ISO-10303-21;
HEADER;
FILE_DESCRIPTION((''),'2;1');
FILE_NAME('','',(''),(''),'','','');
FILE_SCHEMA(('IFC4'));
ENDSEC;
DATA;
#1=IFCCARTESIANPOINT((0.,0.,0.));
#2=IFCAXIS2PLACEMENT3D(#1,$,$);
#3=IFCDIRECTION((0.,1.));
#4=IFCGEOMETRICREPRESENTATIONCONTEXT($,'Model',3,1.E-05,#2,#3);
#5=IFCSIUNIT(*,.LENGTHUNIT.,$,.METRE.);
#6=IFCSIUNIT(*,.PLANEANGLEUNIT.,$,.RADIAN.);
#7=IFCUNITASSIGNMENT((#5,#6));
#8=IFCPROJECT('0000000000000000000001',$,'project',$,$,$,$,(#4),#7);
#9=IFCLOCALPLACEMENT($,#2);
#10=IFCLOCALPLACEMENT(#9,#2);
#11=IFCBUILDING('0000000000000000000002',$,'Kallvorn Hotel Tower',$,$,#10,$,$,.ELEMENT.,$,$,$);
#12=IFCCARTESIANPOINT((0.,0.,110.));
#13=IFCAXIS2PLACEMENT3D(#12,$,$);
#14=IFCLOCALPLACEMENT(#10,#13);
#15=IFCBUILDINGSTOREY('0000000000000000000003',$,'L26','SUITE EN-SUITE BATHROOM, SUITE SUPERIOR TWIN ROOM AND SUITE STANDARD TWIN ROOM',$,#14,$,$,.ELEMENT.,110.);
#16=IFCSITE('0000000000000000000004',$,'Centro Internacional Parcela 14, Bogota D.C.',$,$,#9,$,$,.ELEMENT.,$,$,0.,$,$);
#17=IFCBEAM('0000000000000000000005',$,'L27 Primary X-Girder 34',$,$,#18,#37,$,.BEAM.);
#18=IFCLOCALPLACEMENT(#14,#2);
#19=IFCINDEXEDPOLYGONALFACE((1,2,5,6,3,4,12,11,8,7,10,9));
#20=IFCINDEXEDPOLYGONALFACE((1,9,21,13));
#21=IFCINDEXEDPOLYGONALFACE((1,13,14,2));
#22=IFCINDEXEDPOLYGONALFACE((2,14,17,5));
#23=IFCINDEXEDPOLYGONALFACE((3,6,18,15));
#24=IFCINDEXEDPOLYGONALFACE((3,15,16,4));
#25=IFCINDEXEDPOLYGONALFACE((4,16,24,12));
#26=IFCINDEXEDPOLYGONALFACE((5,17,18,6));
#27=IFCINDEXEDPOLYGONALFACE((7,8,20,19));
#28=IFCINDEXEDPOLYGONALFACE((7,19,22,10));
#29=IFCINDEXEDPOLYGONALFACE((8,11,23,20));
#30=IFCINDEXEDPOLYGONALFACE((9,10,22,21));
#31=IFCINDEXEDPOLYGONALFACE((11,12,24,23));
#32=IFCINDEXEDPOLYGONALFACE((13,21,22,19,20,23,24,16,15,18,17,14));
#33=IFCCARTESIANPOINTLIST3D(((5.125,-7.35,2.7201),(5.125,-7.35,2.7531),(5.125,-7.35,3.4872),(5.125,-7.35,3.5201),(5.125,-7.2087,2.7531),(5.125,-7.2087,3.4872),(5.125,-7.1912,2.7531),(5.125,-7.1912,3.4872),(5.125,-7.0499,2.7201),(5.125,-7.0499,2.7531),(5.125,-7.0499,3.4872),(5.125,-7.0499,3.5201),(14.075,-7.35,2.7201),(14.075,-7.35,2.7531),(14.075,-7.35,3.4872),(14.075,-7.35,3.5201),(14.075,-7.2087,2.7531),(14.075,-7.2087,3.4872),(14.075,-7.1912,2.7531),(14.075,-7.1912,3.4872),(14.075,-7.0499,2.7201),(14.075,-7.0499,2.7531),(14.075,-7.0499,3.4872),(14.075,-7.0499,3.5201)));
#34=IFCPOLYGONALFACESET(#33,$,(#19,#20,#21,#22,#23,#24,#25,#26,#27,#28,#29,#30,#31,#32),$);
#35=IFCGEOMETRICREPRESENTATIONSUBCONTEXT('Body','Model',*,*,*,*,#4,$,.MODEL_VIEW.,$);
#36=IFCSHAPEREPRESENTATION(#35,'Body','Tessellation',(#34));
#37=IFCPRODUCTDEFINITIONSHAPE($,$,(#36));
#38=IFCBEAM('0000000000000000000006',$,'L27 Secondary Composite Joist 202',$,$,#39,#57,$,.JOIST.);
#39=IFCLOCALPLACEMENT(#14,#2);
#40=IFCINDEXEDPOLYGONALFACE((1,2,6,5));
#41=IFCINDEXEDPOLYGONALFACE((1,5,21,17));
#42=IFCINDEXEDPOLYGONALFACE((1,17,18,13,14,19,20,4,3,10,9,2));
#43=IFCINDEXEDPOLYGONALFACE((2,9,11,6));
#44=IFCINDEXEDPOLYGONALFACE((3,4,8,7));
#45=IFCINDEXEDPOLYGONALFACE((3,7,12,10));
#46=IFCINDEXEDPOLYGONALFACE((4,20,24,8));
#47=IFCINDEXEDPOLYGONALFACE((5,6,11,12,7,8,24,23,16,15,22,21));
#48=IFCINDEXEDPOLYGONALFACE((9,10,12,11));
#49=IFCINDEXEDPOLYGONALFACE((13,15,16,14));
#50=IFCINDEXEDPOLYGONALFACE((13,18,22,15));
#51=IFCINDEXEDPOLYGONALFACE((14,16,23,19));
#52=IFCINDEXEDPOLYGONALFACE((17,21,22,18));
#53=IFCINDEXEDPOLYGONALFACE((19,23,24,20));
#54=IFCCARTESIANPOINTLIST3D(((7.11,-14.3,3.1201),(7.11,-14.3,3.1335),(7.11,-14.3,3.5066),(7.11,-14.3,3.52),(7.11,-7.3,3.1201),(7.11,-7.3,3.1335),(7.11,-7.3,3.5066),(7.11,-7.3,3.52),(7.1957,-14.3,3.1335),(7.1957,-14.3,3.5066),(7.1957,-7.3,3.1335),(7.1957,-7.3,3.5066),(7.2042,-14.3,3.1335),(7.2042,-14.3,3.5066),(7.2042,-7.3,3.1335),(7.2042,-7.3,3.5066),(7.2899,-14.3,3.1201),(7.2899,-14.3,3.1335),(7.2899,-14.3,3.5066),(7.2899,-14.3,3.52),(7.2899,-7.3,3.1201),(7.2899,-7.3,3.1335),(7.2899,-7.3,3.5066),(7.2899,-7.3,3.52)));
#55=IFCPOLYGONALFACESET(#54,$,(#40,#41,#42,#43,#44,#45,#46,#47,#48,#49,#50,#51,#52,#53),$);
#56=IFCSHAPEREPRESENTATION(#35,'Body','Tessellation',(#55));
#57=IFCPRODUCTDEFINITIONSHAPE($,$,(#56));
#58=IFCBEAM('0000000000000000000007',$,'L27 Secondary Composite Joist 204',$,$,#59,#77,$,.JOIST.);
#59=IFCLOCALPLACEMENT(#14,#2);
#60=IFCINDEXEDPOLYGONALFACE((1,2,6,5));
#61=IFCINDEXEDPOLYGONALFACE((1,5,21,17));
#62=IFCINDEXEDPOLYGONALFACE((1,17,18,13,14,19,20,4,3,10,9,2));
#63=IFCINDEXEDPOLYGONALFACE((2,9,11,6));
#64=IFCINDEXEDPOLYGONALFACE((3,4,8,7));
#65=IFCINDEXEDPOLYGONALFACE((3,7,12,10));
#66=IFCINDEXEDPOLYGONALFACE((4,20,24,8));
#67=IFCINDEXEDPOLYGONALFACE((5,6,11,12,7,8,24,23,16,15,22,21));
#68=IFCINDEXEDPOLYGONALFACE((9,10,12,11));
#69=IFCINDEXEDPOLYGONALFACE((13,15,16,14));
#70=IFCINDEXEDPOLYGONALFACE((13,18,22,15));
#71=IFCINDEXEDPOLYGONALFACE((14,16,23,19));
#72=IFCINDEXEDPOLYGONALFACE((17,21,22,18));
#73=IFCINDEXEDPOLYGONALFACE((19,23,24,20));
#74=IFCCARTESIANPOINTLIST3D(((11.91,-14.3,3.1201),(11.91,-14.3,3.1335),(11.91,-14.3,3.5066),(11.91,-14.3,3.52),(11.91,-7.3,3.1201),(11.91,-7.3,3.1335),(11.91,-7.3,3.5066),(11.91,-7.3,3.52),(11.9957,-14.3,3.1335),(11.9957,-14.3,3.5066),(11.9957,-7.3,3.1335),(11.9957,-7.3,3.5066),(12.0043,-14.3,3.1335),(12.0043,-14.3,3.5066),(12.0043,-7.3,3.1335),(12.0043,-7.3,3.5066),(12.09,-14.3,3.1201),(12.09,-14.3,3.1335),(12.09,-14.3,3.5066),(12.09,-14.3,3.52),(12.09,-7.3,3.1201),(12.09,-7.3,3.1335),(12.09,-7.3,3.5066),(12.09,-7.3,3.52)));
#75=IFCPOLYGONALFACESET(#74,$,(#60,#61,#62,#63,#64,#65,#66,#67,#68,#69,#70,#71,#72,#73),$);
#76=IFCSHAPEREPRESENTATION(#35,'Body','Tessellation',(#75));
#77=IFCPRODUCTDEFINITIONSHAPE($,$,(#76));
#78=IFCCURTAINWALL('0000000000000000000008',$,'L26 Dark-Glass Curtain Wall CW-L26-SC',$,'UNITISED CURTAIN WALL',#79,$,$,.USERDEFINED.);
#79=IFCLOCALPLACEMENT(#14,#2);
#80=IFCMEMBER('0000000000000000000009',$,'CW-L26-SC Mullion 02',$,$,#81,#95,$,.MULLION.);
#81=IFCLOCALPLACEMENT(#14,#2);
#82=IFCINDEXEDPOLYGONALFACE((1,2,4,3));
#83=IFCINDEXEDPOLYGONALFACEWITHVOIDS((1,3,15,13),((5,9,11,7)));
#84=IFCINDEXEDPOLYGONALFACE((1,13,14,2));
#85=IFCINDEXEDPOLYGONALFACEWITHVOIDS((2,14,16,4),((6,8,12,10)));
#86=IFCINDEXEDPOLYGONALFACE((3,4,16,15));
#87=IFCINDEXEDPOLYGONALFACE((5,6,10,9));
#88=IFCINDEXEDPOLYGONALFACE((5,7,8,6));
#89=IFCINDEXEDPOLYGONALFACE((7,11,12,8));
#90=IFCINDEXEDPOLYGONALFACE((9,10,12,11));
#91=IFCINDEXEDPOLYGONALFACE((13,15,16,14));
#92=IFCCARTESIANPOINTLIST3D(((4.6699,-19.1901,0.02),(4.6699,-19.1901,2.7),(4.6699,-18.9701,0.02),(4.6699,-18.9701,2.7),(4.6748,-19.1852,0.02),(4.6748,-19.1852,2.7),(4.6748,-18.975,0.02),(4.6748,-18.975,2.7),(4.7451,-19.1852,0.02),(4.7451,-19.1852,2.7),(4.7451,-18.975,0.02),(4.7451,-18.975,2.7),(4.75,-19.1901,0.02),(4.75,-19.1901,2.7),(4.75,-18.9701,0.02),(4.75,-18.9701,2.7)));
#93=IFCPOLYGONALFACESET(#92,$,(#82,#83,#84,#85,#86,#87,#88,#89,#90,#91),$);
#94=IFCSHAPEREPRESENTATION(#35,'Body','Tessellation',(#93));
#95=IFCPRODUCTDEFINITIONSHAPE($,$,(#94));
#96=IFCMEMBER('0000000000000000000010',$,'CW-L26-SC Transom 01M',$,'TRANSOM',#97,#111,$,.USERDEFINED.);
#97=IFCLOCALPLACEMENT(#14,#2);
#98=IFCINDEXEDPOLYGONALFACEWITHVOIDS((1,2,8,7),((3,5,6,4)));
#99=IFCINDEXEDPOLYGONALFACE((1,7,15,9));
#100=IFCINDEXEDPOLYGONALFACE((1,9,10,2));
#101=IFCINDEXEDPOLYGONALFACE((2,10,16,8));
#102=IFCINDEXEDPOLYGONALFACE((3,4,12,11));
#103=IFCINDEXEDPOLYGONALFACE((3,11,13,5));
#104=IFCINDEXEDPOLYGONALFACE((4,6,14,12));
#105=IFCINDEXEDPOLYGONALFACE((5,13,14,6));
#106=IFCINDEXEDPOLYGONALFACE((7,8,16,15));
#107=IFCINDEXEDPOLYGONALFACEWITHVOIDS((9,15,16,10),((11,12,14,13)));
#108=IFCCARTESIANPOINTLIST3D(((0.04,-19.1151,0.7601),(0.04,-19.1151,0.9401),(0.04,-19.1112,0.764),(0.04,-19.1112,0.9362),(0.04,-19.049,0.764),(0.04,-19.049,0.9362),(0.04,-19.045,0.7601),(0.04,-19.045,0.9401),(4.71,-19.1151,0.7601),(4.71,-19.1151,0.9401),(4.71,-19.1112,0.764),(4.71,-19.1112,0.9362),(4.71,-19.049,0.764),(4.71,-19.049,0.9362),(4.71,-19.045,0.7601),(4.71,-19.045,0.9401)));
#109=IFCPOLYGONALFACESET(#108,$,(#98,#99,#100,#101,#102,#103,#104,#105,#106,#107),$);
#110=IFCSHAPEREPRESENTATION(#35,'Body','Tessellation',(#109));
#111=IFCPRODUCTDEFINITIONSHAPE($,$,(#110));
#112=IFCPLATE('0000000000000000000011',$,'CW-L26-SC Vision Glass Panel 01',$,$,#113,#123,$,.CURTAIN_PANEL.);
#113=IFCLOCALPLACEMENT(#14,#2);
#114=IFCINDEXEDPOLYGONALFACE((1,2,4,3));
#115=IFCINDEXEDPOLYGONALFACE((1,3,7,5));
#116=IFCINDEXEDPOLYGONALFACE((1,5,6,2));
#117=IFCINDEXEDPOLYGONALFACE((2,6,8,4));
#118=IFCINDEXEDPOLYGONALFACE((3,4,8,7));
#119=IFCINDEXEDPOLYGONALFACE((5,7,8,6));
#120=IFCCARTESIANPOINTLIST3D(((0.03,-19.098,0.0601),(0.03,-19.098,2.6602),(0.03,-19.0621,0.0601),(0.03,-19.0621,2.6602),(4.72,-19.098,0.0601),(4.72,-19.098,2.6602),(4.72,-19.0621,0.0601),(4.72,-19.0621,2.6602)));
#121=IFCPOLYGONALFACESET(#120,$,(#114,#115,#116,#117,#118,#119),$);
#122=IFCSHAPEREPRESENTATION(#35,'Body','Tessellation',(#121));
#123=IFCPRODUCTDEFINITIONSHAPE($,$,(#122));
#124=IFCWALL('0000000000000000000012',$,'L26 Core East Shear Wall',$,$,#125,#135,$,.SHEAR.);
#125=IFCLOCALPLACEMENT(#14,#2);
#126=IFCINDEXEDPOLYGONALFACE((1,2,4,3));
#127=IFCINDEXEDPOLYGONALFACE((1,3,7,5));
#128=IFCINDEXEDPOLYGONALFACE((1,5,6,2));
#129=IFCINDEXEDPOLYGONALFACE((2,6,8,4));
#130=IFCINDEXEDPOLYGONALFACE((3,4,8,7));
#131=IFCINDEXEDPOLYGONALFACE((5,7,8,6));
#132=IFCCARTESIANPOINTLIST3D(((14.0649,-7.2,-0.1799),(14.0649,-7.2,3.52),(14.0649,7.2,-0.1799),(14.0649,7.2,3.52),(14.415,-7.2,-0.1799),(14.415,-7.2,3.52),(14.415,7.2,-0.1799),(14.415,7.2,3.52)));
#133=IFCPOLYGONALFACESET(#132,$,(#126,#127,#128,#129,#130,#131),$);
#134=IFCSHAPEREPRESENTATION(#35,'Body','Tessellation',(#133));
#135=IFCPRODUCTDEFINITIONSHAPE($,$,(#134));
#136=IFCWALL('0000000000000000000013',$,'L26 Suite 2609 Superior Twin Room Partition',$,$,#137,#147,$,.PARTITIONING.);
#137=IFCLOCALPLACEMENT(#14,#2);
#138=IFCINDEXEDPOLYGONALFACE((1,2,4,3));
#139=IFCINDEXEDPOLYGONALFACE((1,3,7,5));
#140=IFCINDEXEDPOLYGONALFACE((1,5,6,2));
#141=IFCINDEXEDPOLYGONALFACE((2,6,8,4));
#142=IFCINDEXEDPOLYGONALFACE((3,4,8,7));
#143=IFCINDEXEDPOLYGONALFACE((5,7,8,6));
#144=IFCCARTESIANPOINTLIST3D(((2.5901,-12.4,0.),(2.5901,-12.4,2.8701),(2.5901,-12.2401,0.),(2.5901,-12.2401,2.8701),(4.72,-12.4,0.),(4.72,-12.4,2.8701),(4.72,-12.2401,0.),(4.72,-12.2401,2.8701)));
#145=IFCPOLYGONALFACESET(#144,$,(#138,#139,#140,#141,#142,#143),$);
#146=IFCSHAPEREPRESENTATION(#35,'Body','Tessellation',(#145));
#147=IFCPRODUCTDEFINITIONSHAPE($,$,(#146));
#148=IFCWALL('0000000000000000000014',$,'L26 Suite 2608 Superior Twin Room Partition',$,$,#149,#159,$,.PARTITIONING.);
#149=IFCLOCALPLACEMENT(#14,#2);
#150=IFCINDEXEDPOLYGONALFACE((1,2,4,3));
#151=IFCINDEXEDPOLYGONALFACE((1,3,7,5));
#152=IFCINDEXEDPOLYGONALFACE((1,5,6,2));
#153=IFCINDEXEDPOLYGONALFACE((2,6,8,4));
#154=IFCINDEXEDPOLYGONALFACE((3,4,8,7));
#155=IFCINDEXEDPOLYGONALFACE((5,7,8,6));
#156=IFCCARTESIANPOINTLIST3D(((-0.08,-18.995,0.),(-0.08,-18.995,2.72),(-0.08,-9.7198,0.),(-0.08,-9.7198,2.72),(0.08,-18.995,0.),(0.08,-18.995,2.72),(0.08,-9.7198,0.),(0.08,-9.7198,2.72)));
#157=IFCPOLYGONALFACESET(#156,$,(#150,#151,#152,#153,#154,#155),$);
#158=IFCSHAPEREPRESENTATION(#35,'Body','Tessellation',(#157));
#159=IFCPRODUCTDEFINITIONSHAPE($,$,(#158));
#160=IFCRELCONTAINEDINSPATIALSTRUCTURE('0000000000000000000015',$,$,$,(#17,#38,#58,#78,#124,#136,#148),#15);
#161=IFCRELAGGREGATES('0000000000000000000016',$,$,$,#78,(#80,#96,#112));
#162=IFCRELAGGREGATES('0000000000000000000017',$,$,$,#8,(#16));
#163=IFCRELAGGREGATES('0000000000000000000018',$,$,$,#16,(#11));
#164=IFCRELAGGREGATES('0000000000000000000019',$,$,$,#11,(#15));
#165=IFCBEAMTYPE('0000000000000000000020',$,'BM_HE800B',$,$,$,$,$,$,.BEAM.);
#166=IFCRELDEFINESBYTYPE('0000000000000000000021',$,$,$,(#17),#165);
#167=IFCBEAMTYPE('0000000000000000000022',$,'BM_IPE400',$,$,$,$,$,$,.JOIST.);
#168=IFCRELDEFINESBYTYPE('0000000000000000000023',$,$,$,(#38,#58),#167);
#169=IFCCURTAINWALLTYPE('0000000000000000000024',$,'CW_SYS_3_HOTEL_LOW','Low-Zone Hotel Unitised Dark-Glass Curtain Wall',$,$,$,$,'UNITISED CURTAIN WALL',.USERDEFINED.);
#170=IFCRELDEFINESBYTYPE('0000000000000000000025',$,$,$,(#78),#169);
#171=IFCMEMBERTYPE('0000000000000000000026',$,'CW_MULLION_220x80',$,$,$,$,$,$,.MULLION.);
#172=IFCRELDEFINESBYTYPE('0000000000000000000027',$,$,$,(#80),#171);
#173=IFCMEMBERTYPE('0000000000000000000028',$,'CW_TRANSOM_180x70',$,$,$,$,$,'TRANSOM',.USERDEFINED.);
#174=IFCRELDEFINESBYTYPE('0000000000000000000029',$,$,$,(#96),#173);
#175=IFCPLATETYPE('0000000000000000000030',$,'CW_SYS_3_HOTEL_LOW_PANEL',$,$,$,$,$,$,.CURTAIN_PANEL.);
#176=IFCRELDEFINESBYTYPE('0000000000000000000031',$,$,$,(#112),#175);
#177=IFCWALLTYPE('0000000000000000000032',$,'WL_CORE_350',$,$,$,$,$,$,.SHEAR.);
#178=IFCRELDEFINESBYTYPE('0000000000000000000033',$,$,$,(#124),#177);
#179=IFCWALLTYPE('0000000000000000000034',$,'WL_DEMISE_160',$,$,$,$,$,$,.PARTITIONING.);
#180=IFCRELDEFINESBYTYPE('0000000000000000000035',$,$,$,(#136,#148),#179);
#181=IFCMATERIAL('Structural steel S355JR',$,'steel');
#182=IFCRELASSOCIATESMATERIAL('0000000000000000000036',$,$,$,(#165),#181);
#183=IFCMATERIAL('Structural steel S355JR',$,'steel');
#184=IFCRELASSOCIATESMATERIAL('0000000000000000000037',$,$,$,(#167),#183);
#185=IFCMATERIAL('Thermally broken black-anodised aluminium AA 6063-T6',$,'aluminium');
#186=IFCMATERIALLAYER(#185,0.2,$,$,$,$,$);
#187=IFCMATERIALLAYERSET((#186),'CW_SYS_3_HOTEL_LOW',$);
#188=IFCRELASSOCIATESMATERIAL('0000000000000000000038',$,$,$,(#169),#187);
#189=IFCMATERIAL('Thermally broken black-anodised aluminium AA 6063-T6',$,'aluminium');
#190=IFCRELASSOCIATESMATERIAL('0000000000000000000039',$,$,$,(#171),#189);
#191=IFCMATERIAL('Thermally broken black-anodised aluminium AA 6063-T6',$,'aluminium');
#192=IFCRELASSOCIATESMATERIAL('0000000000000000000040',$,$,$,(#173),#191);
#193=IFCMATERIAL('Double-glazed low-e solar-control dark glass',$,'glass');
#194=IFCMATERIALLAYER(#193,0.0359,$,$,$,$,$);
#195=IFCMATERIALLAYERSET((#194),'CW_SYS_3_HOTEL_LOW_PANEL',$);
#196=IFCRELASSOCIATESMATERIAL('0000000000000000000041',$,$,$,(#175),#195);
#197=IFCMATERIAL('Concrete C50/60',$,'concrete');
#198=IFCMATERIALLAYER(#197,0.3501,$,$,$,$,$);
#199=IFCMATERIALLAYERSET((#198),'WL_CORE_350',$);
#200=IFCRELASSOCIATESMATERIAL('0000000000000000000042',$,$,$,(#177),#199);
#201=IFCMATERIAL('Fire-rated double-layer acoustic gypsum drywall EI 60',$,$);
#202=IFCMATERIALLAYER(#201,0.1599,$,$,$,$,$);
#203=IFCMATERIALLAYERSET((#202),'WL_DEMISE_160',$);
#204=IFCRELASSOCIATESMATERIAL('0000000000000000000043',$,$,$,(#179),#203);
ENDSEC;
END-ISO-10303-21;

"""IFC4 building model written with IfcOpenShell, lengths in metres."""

from ifc_helpers import new_model, si_unit, direction, frame, frame_2d, origin, origin_2d, place, context, subcontext, project, spatial, rectangle, hollow_rectangle, i_section, extrude, material, layer, layer_set, material_profile, profile_set, type_object, element, aggregate, save


model = new_model("IFC4")

# Units and contexts
model_context = context("Model", 3, precision=1e-05, world=origin(), true_north=direction((0.0, 1.0)))
body_context = subcontext(model_context, "Body", "Model", "MODEL_VIEW")
ifc_project = project(units=[si_unit("LENGTHUNIT", "METRE"), si_unit("PLANEANGLEUNIT", "RADIAN")], contexts=[model_context])

# Site, building, storey
site_placement = place(None, origin())
site = spatial("IfcSite", under=ifc_project, at=site_placement, Name="Centro Internacional Parcela 14, Bogota D.C.", CompositionType="ELEMENT", RefElevation=0.0)
building_placement = place(site_placement, origin())
building = spatial("IfcBuilding", under=site, at=building_placement, Name="Kallvorn Hotel Tower", CompositionType="ELEMENT")
storey_placement = place(building_placement, frame((0.0, 0.0, 110.0)))
storey = spatial("IfcBuildingStorey", under=building, at=storey_placement, Name="L26", Description="SUITE EN-SUITE BATHROOM, SUITE SUPERIOR TWIN ROOM AND SUITE STANDARD TWIN ROOM", CompositionType="ELEMENT", Elevation=110.0)

# Beams
ifc_material_1 = material(Name="Structural steel S355JR", Category="steel")
ifc_material_profile_1 = material_profile(ifc_material_1, i_section(OverallWidth=0.3, OverallDepth=0.8, WebThickness=0.0176, FlangeThickness=0.033, at=origin_2d()), Name="HE 800 B")
ifc_profile_set_1 = profile_set([ifc_material_profile_1], Name="Structural steel S355JR")
beam_type_1 = type_object("IfcBeamType", Name="BM_HE800B", PredefinedType="BEAM", material=ifc_profile_set_1)
beam_1_placement = place(storey_placement, frame((5.125, -7.2, 3.1201), z_axis=(1.0, 0.0, 0.0), x_axis=(0.0, 1.0, 0.0)))
element("IfcBeam", 1, at=beam_1_placement, inside=storey, type_object=beam_type_1, Name="L27 Primary X-Girder 34", PredefinedType="BEAM", context=body_context, shape_type="SweptSolid", body=[
    extrude(i_section(OverallWidth=0.3, OverallDepth=0.8, WebThickness=0.0176, FlangeThickness=0.033, at=origin_2d()), origin(), (0.0, 0.0, 1.0), 8.95),
])
ifc_material_2 = material(Name="Structural steel S355JR", Category="steel")
ifc_material_profile_2 = material_profile(ifc_material_2, i_section(OverallWidth=0.1799, OverallDepth=0.3999, WebThickness=0.0085, FlangeThickness=0.0134, at=origin_2d()), Name="IPE 400")
ifc_profile_set_2 = profile_set([ifc_material_profile_2], Name="Structural steel S355JR")
beam_type_2 = type_object("IfcBeamType", Name="BM_IPE400", PredefinedType="JOIST", material=ifc_profile_set_2)
for number, where, z_axis, x_axis, name in (
    (2, (7.2, -14.3, 3.3201), (0.0, 1.0, 0.0), (-1.0, 0.0, 0.0), "L27 Secondary Composite Joist 202"),
    (3, (12.0, -14.3, 3.3201), (0.0, 1.0, 0.0), (-1.0, 0.0, 0.0), "L27 Secondary Composite Joist 204"),
):
    element("IfcBeam", number, at=place(storey_placement, frame(where, z_axis=z_axis, x_axis=x_axis)), inside=storey, type_object=beam_type_2, Name=name, PredefinedType="JOIST", context=body_context, shape_type="SweptSolid", body=[
        extrude(i_section(OverallWidth=0.1799, OverallDepth=0.3999, WebThickness=0.0085, FlangeThickness=0.0134, at=origin_2d()), origin(), (0.0, 0.0, 1.0), 7.0),
    ])

# Curtain wall, members, plate
ifc_material_3 = material(Name="Thermally broken black-anodised aluminium AA 6063-T6", Category="aluminium")
ifc_layer_1 = layer(ifc_material_3, 0.2)
ifc_layer_set_1 = layer_set([ifc_layer_1], Name="CW_SYS_3_HOTEL_LOW")
curtain_wall_type = type_object("IfcCurtainWallType", Name="CW_SYS_3_HOTEL_LOW", Description="Low-Zone Hotel Unitised Dark-Glass Curtain Wall", ElementType="UNITISED CURTAIN WALL", PredefinedType="USERDEFINED", material=ifc_layer_set_1)
curtain_wall_placement = place(storey_placement, origin())
curtain_wall = element("IfcCurtainWall", 4, at=curtain_wall_placement, inside=storey, type_object=curtain_wall_type, Name="L26 Dark-Glass Curtain Wall CW-L26-SC", ObjectType="UNITISED CURTAIN WALL", PredefinedType="USERDEFINED")
ifc_material_4 = material(Name="Thermally broken black-anodised aluminium AA 6063-T6", Category="aluminium")
ifc_material_profile_3 = material_profile(ifc_material_4, hollow_rectangle(XDim=0.0801, YDim=0.22, WallThickness=0.0049, at=origin_2d()), Name="MUL 220x80")
ifc_profile_set_3 = profile_set([ifc_material_profile_3], Name="Thermally broken black-anodised aluminium AA 6063-T6")
member_type_1 = type_object("IfcMemberType", Name="CW_MULLION_220x80", PredefinedType="MULLION", material=ifc_profile_set_3)
member_1_placement = place(storey_placement, frame((4.71, -19.0801, 0.02), z_axis=(0.0, 0.0, 1.0), x_axis=(1.0, 0.0, 0.0)))
member_1 = element("IfcMember", 5, at=member_1_placement, type_object=member_type_1, Name="CW-L26-SC Mullion 02", PredefinedType="MULLION", context=body_context, shape_type="SweptSolid", body=[
    extrude(hollow_rectangle(XDim=0.0801, YDim=0.22, WallThickness=0.0049, at=origin_2d()), origin(), (0.0, 0.0, 1.0), 2.6799),
])
ifc_material_5 = material(Name="Thermally broken black-anodised aluminium AA 6063-T6", Category="aluminium")
ifc_material_profile_4 = material_profile(ifc_material_5, hollow_rectangle(XDim=0.0701, YDim=0.1799, WallThickness=0.0039, at=origin_2d()), Name="TRN 180x70")
ifc_profile_set_4 = profile_set([ifc_material_profile_4], Name="Thermally broken black-anodised aluminium AA 6063-T6")
member_type_2 = type_object("IfcMemberType", Name="CW_TRANSOM_180x70", ElementType="TRANSOM", PredefinedType="USERDEFINED", material=ifc_profile_set_4)
member_2_placement = place(storey_placement, frame((0.04, -19.0801, 0.8501), z_axis=(1.0, 0.0, 0.0), x_axis=(0.0, 1.0, 0.0)))
member_2 = element("IfcMember", 6, at=member_2_placement, type_object=member_type_2, Name="CW-L26-SC Transom 01M", ObjectType="TRANSOM", PredefinedType="USERDEFINED", context=body_context, shape_type="SweptSolid", body=[
    extrude(hollow_rectangle(XDim=0.0701, YDim=0.1799, WallThickness=0.0039, at=origin_2d()), origin(), (0.0, 0.0, 1.0), 4.6699),
])
ifc_material_6 = material(Name="Double-glazed low-e solar-control dark glass", Category="glass")
ifc_layer_2 = layer(ifc_material_6, 0.0359)
ifc_layer_set_2 = layer_set([ifc_layer_2], Name="CW_SYS_3_HOTEL_LOW_PANEL")
plate_type = type_object("IfcPlateType", Name="CW_SYS_3_HOTEL_LOW_PANEL", PredefinedType="CURTAIN_PANEL", material=ifc_layer_set_2)
plate_placement = place(storey_placement, frame((2.375, -19.0801, 0.0601), z_axis=(0.0, 0.0, 1.0), x_axis=(1.0, 0.0, 0.0)))
plate = element("IfcPlate", 7, at=plate_placement, type_object=plate_type, Name="CW-L26-SC Vision Glass Panel 01", PredefinedType="CURTAIN_PANEL", context=body_context, shape_type="SweptSolid", body=[
    extrude(rectangle(XDim=4.6899, YDim=0.0359, at=origin_2d()), origin(), (0.0, 0.0, 1.0), 2.6001),
])
aggregate(curtain_wall, [member_1, member_2, plate])

# Walls
ifc_material_7 = material(Name="Concrete C50/60", Category="concrete")
ifc_layer_3 = layer(ifc_material_7, 0.3501)
ifc_layer_set_3 = layer_set([ifc_layer_3], Name="WL_CORE_350")
wall_type_1 = type_object("IfcWallType", Name="WL_CORE_350", PredefinedType="SHEAR", material=ifc_layer_set_3)
wall_1_placement = place(storey_placement, frame((14.24, -7.2, -0.1799), z_axis=(0.0, 0.0, 1.0), x_axis=(0.0, 1.0, 0.0)))
element("IfcWall", 8, at=wall_1_placement, inside=storey, type_object=wall_type_1, Name="L26 Core East Shear Wall", PredefinedType="SHEAR", context=body_context, shape_type="SweptSolid", body=[
    extrude(rectangle(XDim=14.3999, YDim=0.3501, at=frame_2d((7.2, 0.0))), origin(), (0.0, 0.0, 1.0), 3.7),
])
ifc_material_8 = material(Name="Fire-rated double-layer acoustic gypsum drywall EI 60")
ifc_layer_4 = layer(ifc_material_8, 0.1599)
ifc_layer_set_4 = layer_set([ifc_layer_4], Name="WL_DEMISE_160")
wall_type_2 = type_object("IfcWallType", Name="WL_DEMISE_160", PredefinedType="PARTITIONING", material=ifc_layer_set_4)
wall_2_placement = place(storey_placement, frame((2.5901, -12.3201, 0.0), z_axis=(0.0, 0.0, 1.0), x_axis=(1.0, 0.0, 0.0)))
element("IfcWall", 9, at=wall_2_placement, inside=storey, type_object=wall_type_2, Name="L26 Suite 2609 Superior Twin Room Partition", PredefinedType="PARTITIONING", context=body_context, shape_type="SweptSolid", body=[
    extrude(rectangle(XDim=2.1299, YDim=0.1599, at=frame_2d((1.0649, 0.0))), origin(), (0.0, 0.0, 1.0), 2.8701),
])
wall_3_placement = place(storey_placement, frame((0.0, -18.9951, 0.0), z_axis=(0.0, 0.0, 1.0), x_axis=(0.0, 1.0, 0.0)))
element("IfcWall", 10, at=wall_3_placement, inside=storey, type_object=wall_type_2, Name="L26 Suite 2608 Superior Twin Room Partition", PredefinedType="PARTITIONING", context=body_context, shape_type="SweptSolid", body=[
    extrude(rectangle(XDim=9.2751, YDim=0.1599, at=frame_2d((4.6377, 0.0))), origin(), (0.0, 0.0, 1.0), 2.72),
])

save(model, "model.ifc")
